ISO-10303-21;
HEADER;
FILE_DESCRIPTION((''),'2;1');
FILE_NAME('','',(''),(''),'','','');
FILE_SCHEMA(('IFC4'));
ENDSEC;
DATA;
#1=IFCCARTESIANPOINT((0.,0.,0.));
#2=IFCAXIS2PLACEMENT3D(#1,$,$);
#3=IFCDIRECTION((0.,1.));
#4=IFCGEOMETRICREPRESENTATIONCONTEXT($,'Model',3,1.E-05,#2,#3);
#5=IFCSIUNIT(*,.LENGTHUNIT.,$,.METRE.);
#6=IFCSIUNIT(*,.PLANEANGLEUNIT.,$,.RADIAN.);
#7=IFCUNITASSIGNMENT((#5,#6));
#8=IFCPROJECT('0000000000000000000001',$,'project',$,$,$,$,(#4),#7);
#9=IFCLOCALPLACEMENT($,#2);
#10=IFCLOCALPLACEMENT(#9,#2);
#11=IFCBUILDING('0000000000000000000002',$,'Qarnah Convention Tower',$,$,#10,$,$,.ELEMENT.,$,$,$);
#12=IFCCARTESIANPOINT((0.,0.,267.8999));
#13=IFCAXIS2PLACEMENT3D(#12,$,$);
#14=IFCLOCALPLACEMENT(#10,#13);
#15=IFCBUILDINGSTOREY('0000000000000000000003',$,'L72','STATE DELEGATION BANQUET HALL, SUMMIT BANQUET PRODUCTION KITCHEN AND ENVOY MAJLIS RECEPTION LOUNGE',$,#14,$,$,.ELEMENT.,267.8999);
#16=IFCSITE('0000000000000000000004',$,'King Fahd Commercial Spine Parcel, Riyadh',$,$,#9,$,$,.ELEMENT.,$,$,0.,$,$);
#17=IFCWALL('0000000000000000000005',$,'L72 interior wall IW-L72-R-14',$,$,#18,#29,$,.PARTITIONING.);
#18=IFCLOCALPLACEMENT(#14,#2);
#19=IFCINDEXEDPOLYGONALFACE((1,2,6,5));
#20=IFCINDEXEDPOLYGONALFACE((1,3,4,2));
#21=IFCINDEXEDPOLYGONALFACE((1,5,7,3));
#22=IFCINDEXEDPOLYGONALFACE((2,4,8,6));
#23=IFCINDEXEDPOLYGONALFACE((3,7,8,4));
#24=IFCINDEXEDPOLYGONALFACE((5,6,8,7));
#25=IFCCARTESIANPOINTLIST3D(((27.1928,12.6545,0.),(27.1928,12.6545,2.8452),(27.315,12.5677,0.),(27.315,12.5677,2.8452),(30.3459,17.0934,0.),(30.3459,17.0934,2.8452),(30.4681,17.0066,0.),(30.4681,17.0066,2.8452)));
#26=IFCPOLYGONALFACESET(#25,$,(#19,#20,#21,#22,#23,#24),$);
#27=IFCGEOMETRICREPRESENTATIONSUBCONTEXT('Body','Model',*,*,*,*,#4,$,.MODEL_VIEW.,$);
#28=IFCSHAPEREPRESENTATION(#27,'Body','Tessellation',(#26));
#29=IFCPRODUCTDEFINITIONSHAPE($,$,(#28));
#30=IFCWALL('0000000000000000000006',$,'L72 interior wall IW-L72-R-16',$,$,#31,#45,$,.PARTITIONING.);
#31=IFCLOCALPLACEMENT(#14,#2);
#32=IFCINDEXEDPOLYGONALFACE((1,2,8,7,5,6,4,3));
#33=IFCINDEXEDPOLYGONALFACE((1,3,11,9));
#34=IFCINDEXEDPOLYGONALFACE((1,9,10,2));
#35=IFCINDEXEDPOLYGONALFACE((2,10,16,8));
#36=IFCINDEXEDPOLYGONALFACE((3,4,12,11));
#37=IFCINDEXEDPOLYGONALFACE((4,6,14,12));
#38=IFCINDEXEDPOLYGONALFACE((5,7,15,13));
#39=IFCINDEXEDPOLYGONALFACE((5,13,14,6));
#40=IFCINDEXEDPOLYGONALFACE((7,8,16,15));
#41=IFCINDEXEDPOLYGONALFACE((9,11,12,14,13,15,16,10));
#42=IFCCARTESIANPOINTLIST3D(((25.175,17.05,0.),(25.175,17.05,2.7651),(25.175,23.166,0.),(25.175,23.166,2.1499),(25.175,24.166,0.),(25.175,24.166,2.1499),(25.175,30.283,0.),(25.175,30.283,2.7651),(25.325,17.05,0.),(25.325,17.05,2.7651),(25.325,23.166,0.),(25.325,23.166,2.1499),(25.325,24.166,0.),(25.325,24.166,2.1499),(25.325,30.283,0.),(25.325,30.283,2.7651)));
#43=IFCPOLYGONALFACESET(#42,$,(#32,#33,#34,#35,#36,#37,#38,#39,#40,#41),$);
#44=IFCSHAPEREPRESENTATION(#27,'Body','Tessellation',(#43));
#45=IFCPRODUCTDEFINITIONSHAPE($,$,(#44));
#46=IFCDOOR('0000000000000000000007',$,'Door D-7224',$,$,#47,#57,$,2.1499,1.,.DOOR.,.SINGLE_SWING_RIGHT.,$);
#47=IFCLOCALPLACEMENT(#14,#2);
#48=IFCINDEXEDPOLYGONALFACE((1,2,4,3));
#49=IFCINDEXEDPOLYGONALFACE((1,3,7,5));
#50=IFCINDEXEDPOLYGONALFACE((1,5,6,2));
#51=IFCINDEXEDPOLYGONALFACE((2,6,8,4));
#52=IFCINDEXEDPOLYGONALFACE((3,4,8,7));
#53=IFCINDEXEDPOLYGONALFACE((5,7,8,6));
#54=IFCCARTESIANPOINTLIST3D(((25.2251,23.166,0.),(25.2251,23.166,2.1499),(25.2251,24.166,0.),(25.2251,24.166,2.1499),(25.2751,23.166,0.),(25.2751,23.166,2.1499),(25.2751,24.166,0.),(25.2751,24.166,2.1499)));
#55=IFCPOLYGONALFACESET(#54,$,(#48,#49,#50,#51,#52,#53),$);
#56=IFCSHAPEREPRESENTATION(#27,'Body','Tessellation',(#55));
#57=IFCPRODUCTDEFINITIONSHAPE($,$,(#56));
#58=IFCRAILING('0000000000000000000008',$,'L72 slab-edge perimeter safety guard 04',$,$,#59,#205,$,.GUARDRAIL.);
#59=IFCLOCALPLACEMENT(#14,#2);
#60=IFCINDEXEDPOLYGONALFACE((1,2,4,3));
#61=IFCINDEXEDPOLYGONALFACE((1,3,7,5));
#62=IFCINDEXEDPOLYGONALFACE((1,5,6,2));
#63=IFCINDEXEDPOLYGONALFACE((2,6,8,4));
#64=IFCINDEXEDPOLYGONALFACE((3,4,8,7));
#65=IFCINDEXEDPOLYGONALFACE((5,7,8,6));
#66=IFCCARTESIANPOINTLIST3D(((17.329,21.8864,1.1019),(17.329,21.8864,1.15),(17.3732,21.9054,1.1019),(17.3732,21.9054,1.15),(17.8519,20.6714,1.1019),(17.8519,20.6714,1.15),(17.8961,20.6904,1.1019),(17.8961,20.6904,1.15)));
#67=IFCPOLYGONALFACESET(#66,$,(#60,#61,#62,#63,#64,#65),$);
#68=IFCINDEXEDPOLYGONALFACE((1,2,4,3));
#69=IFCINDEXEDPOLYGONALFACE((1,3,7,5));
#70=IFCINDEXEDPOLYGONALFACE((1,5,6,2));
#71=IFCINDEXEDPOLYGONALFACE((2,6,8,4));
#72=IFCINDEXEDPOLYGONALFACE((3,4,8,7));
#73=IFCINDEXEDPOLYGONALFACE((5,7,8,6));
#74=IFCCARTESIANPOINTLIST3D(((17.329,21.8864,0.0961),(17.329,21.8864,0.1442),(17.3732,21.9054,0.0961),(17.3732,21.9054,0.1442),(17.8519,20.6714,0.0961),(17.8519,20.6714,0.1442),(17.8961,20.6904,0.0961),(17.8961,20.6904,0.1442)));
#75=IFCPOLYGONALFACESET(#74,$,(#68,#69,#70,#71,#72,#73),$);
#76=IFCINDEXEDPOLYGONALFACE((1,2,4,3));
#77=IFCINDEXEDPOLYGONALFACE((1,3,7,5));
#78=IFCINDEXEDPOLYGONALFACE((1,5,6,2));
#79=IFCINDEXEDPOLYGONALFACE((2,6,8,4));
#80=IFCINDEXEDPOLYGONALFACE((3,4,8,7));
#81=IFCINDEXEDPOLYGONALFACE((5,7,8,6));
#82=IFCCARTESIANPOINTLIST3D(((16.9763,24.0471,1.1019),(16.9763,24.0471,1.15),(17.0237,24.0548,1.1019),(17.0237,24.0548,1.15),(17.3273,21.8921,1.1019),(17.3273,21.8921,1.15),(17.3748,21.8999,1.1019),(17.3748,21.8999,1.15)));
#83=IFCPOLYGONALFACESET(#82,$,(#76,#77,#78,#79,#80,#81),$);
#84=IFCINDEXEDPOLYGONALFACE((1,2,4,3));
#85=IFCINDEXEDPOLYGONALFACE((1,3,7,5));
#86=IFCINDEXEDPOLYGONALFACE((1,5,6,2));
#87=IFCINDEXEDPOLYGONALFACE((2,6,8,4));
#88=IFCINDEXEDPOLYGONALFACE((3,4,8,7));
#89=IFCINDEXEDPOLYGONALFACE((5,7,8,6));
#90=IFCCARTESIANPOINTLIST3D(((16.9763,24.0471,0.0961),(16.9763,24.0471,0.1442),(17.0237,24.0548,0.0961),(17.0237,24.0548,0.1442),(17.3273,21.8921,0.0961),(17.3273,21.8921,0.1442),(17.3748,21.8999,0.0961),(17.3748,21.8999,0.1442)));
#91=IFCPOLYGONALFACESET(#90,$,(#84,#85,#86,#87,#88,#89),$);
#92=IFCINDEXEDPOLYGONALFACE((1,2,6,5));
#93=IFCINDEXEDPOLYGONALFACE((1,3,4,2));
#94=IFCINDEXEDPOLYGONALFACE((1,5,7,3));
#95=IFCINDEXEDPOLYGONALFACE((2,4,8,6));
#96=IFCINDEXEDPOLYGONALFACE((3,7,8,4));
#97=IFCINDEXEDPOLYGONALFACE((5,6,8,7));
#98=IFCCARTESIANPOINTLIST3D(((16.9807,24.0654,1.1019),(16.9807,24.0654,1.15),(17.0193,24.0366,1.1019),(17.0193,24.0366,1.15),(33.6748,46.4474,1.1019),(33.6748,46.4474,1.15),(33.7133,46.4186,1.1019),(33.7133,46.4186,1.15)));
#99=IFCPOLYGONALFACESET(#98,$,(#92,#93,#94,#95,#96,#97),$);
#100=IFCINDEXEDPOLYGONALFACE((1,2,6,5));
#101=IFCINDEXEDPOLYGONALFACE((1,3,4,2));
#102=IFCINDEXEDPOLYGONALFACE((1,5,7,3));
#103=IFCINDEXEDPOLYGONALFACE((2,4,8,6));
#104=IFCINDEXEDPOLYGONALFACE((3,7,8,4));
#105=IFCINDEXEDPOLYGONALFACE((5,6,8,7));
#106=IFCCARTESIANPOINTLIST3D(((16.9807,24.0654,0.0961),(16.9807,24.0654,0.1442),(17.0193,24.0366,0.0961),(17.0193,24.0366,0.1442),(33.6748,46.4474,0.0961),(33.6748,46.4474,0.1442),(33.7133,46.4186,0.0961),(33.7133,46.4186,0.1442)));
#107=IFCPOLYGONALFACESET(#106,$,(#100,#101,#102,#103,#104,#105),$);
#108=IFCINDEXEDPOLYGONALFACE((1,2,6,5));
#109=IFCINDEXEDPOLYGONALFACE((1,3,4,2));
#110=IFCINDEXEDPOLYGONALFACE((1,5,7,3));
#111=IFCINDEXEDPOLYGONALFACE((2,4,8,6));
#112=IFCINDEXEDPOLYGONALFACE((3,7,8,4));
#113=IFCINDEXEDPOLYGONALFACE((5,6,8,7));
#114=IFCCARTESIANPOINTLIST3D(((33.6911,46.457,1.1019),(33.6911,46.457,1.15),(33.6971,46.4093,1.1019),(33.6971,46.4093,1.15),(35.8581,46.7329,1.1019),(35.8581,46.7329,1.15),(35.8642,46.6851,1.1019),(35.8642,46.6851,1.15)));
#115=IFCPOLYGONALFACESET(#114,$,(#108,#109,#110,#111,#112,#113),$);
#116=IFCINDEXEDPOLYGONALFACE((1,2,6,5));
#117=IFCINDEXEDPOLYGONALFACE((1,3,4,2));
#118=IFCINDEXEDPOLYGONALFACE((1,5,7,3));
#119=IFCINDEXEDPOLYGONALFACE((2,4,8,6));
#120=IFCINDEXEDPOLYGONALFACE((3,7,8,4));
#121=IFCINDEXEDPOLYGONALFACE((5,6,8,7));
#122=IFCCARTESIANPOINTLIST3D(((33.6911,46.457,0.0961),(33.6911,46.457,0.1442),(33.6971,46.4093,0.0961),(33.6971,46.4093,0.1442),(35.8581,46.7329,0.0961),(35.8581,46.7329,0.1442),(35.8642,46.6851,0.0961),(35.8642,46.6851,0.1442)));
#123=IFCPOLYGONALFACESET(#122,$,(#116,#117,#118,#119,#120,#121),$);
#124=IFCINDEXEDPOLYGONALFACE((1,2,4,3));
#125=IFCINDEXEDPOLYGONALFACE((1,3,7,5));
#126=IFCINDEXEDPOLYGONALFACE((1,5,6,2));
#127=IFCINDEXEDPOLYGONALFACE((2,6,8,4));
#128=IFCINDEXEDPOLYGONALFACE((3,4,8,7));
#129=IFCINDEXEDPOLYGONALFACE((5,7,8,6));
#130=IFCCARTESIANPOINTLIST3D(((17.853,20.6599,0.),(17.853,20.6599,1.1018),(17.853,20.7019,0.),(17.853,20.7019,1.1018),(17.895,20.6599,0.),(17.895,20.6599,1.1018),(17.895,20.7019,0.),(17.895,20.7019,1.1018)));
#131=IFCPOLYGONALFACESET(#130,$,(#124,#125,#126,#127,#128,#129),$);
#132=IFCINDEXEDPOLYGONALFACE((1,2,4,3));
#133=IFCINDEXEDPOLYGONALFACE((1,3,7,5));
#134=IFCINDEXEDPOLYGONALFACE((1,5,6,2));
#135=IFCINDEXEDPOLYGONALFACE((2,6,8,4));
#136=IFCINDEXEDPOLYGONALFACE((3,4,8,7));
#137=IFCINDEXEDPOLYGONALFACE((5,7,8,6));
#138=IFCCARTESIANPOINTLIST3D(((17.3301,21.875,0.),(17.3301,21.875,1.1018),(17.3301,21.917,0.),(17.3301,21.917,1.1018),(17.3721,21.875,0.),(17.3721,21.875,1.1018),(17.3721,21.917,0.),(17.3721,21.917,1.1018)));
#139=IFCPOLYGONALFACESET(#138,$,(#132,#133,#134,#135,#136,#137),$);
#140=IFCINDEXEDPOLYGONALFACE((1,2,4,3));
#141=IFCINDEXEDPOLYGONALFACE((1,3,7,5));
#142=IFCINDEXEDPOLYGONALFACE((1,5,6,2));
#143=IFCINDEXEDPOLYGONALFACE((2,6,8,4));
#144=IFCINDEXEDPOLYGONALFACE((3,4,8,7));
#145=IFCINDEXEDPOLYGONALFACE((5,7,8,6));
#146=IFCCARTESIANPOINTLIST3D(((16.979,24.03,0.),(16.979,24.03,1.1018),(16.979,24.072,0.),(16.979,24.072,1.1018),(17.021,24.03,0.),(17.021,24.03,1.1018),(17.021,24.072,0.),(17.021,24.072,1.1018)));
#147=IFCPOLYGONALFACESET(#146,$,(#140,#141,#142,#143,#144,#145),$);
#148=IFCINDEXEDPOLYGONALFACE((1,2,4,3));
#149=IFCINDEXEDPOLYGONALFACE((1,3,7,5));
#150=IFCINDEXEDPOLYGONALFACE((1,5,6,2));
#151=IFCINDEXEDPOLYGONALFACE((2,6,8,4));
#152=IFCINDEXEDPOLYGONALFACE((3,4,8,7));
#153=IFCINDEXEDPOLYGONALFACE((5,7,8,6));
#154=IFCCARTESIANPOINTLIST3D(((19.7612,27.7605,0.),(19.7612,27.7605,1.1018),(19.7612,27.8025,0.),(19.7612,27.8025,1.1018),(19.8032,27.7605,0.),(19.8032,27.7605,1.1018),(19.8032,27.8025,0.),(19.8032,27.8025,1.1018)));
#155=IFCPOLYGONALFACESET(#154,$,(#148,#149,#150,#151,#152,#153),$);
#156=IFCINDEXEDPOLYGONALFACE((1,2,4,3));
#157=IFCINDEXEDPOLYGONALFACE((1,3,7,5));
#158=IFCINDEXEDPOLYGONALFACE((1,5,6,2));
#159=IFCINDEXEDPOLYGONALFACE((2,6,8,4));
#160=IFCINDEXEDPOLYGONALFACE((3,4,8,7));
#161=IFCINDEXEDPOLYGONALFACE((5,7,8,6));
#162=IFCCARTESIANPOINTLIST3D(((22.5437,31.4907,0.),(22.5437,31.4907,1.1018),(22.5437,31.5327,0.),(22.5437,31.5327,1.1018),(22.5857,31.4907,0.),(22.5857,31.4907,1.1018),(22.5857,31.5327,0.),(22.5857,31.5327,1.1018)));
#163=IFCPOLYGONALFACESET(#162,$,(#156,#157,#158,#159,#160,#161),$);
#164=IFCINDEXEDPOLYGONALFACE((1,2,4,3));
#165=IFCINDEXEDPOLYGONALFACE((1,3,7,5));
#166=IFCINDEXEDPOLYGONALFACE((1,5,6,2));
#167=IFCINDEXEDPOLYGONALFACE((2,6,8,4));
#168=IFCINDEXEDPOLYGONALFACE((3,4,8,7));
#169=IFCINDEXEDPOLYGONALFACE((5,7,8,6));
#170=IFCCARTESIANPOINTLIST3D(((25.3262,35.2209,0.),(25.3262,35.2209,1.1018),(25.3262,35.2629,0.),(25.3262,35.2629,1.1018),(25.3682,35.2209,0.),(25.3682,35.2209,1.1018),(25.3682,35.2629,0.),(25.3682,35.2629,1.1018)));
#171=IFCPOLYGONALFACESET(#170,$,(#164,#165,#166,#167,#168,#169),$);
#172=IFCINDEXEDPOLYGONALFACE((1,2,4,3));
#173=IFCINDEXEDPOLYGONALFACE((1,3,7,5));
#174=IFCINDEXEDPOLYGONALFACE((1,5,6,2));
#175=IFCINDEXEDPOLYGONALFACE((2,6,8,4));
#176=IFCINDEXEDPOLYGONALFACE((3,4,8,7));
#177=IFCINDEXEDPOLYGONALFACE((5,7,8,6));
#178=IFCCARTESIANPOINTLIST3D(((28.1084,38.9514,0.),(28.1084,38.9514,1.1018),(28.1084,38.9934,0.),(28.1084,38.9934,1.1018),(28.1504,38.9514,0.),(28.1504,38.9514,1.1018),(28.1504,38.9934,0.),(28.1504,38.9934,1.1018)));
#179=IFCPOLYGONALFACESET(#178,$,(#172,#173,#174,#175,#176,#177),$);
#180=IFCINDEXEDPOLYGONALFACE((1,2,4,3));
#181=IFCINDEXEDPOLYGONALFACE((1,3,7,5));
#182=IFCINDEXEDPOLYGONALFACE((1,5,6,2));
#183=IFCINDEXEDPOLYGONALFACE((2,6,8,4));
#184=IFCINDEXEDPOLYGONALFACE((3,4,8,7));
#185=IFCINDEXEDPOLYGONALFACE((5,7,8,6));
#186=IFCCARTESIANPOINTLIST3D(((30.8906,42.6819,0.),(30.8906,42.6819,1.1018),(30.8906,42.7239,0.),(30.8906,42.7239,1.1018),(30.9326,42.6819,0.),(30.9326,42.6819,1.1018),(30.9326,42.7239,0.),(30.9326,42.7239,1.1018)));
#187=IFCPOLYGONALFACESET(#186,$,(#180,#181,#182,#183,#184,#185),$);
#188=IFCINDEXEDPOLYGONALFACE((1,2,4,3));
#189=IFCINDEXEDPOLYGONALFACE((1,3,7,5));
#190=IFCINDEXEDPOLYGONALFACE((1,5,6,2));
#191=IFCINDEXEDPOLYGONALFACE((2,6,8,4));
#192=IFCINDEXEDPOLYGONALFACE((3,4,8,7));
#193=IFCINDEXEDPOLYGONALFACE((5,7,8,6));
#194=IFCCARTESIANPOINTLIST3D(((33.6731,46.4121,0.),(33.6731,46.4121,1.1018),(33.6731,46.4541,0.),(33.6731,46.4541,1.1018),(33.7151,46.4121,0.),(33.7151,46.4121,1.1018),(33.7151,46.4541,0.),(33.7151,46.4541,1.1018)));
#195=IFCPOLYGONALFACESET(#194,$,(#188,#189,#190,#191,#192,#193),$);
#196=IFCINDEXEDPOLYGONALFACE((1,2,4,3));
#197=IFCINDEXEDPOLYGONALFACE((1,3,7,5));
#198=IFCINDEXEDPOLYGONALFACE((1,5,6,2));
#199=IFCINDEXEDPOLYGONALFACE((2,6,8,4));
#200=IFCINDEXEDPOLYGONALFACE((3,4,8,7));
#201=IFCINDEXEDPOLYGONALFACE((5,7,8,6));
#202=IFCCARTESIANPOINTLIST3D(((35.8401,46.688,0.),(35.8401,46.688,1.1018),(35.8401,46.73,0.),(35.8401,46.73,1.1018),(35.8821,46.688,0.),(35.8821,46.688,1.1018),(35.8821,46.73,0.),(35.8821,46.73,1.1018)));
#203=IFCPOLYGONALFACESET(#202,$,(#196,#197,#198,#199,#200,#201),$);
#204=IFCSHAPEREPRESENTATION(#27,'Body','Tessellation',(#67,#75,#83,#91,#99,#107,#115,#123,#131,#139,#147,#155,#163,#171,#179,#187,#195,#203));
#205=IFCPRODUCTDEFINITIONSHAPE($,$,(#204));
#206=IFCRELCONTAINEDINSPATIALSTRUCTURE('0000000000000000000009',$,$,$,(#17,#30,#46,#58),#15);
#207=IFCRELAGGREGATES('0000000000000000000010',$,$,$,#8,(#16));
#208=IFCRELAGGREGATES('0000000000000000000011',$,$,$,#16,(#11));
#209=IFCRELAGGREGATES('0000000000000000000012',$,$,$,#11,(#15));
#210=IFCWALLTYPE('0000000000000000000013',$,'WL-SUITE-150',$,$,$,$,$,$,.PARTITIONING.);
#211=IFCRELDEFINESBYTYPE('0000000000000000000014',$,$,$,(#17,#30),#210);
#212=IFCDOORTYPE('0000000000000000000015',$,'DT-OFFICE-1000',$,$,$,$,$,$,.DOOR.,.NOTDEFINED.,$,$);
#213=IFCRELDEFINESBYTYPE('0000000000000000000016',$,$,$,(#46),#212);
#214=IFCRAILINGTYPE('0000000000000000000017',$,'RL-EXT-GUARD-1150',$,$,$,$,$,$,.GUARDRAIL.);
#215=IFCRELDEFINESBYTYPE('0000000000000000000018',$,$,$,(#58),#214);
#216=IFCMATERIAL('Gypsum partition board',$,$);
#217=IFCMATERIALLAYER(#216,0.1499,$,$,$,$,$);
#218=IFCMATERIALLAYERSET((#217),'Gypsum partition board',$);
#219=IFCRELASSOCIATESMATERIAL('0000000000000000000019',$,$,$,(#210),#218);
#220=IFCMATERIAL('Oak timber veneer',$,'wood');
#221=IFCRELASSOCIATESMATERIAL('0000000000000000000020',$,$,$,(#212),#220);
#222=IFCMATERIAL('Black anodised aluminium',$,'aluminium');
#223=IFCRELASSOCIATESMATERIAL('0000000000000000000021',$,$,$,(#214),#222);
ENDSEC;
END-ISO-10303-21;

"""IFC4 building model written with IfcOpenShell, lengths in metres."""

from ifc_helpers import new_model, si_unit, direction, frame, frame_2d, origin, origin_2d, place, context, subcontext, project, spatial, rectangle, extrude, material, layer, layer_set, type_object, element, fill, save


model = new_model("IFC4")

# Units and contexts
model_context = context("Model", 3, precision=1e-05, world=origin(), true_north=direction((0.0, 1.0)))
body_context = subcontext(model_context, "Body", "Model", "MODEL_VIEW")
ifc_project = project(units=[si_unit("LENGTHUNIT", "METRE"), si_unit("PLANEANGLEUNIT", "RADIAN")], contexts=[model_context])

# Site, building, storey
site_placement = place(None, origin())
site = spatial("IfcSite", under=ifc_project, at=site_placement, Name="King Fahd Commercial Spine Parcel, Riyadh", CompositionType="ELEMENT", RefElevation=0.0)
building_placement = place(site_placement, origin())
building = spatial("IfcBuilding", under=site, at=building_placement, Name="Qarnah Convention Tower", CompositionType="ELEMENT")
storey_placement = place(building_placement, frame((0.0, 0.0, 267.8999)))
storey = spatial("IfcBuildingStorey", under=building, at=storey_placement, Name="L72", Description="STATE DELEGATION BANQUET HALL, SUMMIT BANQUET PRODUCTION KITCHEN AND ENVOY MAJLIS RECEPTION LOUNGE", CompositionType="ELEMENT", Elevation=267.8999)

# Shared definitions
ifc_material_1 = material(Name="Black anodised aluminium", Category="aluminium")

# Wall
ifc_material_2 = material(Name="Gypsum partition board")
ifc_layer_1 = layer(ifc_material_2, 0.1499)
ifc_layer_set_1 = layer_set([ifc_layer_1], Name="Gypsum partition board")
wall_type_1 = type_object("IfcWallType", Name="WL-SUITE-150", PredefinedType="PARTITIONING", material=ifc_layer_set_1)
wall_1_placement = place(storey_placement, frame((27.2539, 12.6111, 0.0), z_axis=(0.0, 0.0, 1.0), x_axis=(0.579094, 0.815261, 0.0)))
element("IfcWall", 1, at=wall_1_placement, inside=storey, type_object=wall_type_1, Name="L72 interior wall IW-L72-R-14", PredefinedType="PARTITIONING", context=body_context, shape_type="SweptSolid", body=[
    extrude(rectangle(XDim=5.4448, YDim=0.1499, at=frame_2d((2.7224, 0.0))), origin(), (0.0, 0.0, 1.0), 2.8452),
])

# Wall, opening, door
wall_2_placement = place(storey_placement, frame((25.25, 17.05, 0.0), z_axis=(0.0, 0.0, 1.0), x_axis=(0.0, 1.0, 0.0)))
wall_2 = element("IfcWall", 2, at=wall_2_placement, inside=storey, type_object=wall_type_1, Name="L72 interior wall IW-L72-R-16", PredefinedType="PARTITIONING", context=body_context, shape_type="SweptSolid", body=[
    extrude(rectangle(XDim=13.2329, YDim=0.1499, at=frame_2d((6.6165, 0.0))), origin(), (0.0, 0.0, 1.0), 2.7651),
])
opening_1_placement = place(wall_2_placement, frame((6.116, 0.0, 0.0)))
opening_1 = element("IfcOpeningElement", 3, at=opening_1_placement, cuts=wall_2, PredefinedType="OPENING", context=body_context, shape_type="SweptSolid", body=[
    extrude(rectangle(XDim=1.0, YDim=2.1499, at=frame_2d((0.5, 1.075))), frame((0.0, 0.085, 0.0), z_axis=(0.0, -1.0, 0.0), x_axis=(1.0, 0.0, 0.0)), (0.0, 0.0, 1.0), 0.1699),
])
ifc_material_3 = material(Name="Oak timber veneer", Category="wood")
door_type_1 = type_object("IfcDoorType", Name="DT-OFFICE-1000", OperationType="NOTDEFINED", PredefinedType="DOOR", material=ifc_material_3)
door_1_placement = place(opening_1_placement, origin())
door_1 = element("IfcDoor", 4, at=door_1_placement, inside=storey, type_object=door_type_1, Name="Door D-7224", OperationType="SINGLE_SWING_RIGHT", OverallHeight=2.1499, OverallWidth=1.0, PredefinedType="DOOR", context=body_context, shape_type="SweptSolid", body=[
    extrude(rectangle(XDim=1.0, YDim=2.1499, at=frame_2d((0.5, 1.075))), frame((0.0, 0.0249, 0.0), z_axis=(0.0, -1.0, 0.0), x_axis=(1.0, 0.0, 0.0)), (0.0, 0.0, 1.0), 0.05),
])
fill(opening_1, door_1)

# Railing
railing_type = type_object("IfcRailingType", Name="RL-EXT-GUARD-1150", PredefinedType="GUARDRAIL", material=ifc_material_1)
railing_1_placement = place(storey_placement, frame((17.874, 20.6809, 0.0)))
element("IfcRailing", 5, at=railing_1_placement, inside=storey, type_object=railing_type, Name="L72 slab-edge perimeter safety guard 04", PredefinedType="GUARDRAIL", context=body_context, shape_type="SweptSolid", body=[
    extrude(rectangle(XDim=0.0481, YDim=0.0481, at=origin_2d()), frame((0.0, 0.0, 1.126), z_axis=(-0.395322, 0.918543, 0.0), x_axis=(-0.918543, -0.395322, 0.0)), (0.0, 0.0, 1.0), 1.3228),
    extrude(rectangle(XDim=0.0481, YDim=0.0481, at=origin_2d()), frame((0.0, 0.0, 0.1201), z_axis=(-0.395322, 0.918543, 0.0), x_axis=(-0.918543, -0.395322, 0.0)), (0.0, 0.0, 1.0), 1.3228),
    extrude(rectangle(XDim=0.0481, YDim=0.0481, at=origin_2d()), frame((-0.5229, 1.2151, 1.126), z_axis=(-0.16079, 0.986989, 0.0), x_axis=(-0.986989, -0.16079, 0.0)), (0.0, 0.0, 1.0), 2.1833),
    extrude(rectangle(XDim=0.0481, YDim=0.0481, at=origin_2d()), frame((-0.5229, 1.2151, 0.1201), z_axis=(-0.16079, 0.986989, 0.0), x_axis=(-0.986989, -0.16079, 0.0)), (0.0, 0.0, 1.0), 2.1833),
    extrude(rectangle(XDim=0.0481, YDim=0.0481, at=origin_2d()), frame((-0.874, 3.3701, 1.126), z_axis=(0.597878, 0.801587, 0.0), x_axis=(-0.801587, 0.597878, 0.0)), (0.0, 0.0, 1.0), 27.9221),
    extrude(rectangle(XDim=0.0481, YDim=0.0481, at=origin_2d()), frame((-0.874, 3.3701, 0.1201), z_axis=(0.597878, 0.801587, 0.0), x_axis=(-0.801587, 0.597878, 0.0)), (0.0, 0.0, 1.0), 27.9221),
    extrude(rectangle(XDim=0.0481, YDim=0.0481, at=origin_2d()), frame((15.8201, 25.7522, 1.126), z_axis=(0.991993, 0.12629, 0.0), x_axis=(-0.12629, 0.991993, 0.0)), (0.0, 0.0, 1.0), 2.1846),
    extrude(rectangle(XDim=0.0481, YDim=0.0481, at=origin_2d()), frame((15.8201, 25.7522, 0.1201), z_axis=(0.991993, 0.12629, 0.0), x_axis=(-0.12629, 0.991993, 0.0)), (0.0, 0.0, 1.0), 2.1846),
    extrude(rectangle(XDim=0.042, YDim=0.042, at=origin_2d()), origin(), (0.0, 0.0, 1.0), 1.1018),
    extrude(rectangle(XDim=0.042, YDim=0.042, at=origin_2d()), frame((-0.5229, 1.2151, 0.0)), (0.0, 0.0, 1.0), 1.1018),
    extrude(rectangle(XDim=0.042, YDim=0.042, at=origin_2d()), frame((-0.874, 3.3701, 0.0)), (0.0, 0.0, 1.0), 1.1018),
    extrude(rectangle(XDim=0.042, YDim=0.042, at=origin_2d()), frame((1.9082, 7.1006, 0.0)), (0.0, 0.0, 1.0), 1.1018),
    extrude(rectangle(XDim=0.042, YDim=0.042, at=origin_2d()), frame((4.6907, 10.8308, 0.0)), (0.0, 0.0, 1.0), 1.1018),
    extrude(rectangle(XDim=0.042, YDim=0.042, at=origin_2d()), frame((7.4731, 14.561, 0.0)), (0.0, 0.0, 1.0), 1.1018),
    extrude(rectangle(XDim=0.042, YDim=0.042, at=origin_2d()), frame((10.2554, 18.2915, 0.0)), (0.0, 0.0, 1.0), 1.1018),
    extrude(rectangle(XDim=0.042, YDim=0.042, at=origin_2d()), frame((13.0376, 22.022, 0.0)), (0.0, 0.0, 1.0), 1.1018),
    extrude(rectangle(XDim=0.042, YDim=0.042, at=origin_2d()), frame((15.8201, 25.7522, 0.0)), (0.0, 0.0, 1.0), 1.1018),
    extrude(rectangle(XDim=0.042, YDim=0.042, at=origin_2d()), frame((17.9871, 26.0281, 0.0)), (0.0, 0.0, 1.0), 1.1018),
])

save(model, "model.ifc")
